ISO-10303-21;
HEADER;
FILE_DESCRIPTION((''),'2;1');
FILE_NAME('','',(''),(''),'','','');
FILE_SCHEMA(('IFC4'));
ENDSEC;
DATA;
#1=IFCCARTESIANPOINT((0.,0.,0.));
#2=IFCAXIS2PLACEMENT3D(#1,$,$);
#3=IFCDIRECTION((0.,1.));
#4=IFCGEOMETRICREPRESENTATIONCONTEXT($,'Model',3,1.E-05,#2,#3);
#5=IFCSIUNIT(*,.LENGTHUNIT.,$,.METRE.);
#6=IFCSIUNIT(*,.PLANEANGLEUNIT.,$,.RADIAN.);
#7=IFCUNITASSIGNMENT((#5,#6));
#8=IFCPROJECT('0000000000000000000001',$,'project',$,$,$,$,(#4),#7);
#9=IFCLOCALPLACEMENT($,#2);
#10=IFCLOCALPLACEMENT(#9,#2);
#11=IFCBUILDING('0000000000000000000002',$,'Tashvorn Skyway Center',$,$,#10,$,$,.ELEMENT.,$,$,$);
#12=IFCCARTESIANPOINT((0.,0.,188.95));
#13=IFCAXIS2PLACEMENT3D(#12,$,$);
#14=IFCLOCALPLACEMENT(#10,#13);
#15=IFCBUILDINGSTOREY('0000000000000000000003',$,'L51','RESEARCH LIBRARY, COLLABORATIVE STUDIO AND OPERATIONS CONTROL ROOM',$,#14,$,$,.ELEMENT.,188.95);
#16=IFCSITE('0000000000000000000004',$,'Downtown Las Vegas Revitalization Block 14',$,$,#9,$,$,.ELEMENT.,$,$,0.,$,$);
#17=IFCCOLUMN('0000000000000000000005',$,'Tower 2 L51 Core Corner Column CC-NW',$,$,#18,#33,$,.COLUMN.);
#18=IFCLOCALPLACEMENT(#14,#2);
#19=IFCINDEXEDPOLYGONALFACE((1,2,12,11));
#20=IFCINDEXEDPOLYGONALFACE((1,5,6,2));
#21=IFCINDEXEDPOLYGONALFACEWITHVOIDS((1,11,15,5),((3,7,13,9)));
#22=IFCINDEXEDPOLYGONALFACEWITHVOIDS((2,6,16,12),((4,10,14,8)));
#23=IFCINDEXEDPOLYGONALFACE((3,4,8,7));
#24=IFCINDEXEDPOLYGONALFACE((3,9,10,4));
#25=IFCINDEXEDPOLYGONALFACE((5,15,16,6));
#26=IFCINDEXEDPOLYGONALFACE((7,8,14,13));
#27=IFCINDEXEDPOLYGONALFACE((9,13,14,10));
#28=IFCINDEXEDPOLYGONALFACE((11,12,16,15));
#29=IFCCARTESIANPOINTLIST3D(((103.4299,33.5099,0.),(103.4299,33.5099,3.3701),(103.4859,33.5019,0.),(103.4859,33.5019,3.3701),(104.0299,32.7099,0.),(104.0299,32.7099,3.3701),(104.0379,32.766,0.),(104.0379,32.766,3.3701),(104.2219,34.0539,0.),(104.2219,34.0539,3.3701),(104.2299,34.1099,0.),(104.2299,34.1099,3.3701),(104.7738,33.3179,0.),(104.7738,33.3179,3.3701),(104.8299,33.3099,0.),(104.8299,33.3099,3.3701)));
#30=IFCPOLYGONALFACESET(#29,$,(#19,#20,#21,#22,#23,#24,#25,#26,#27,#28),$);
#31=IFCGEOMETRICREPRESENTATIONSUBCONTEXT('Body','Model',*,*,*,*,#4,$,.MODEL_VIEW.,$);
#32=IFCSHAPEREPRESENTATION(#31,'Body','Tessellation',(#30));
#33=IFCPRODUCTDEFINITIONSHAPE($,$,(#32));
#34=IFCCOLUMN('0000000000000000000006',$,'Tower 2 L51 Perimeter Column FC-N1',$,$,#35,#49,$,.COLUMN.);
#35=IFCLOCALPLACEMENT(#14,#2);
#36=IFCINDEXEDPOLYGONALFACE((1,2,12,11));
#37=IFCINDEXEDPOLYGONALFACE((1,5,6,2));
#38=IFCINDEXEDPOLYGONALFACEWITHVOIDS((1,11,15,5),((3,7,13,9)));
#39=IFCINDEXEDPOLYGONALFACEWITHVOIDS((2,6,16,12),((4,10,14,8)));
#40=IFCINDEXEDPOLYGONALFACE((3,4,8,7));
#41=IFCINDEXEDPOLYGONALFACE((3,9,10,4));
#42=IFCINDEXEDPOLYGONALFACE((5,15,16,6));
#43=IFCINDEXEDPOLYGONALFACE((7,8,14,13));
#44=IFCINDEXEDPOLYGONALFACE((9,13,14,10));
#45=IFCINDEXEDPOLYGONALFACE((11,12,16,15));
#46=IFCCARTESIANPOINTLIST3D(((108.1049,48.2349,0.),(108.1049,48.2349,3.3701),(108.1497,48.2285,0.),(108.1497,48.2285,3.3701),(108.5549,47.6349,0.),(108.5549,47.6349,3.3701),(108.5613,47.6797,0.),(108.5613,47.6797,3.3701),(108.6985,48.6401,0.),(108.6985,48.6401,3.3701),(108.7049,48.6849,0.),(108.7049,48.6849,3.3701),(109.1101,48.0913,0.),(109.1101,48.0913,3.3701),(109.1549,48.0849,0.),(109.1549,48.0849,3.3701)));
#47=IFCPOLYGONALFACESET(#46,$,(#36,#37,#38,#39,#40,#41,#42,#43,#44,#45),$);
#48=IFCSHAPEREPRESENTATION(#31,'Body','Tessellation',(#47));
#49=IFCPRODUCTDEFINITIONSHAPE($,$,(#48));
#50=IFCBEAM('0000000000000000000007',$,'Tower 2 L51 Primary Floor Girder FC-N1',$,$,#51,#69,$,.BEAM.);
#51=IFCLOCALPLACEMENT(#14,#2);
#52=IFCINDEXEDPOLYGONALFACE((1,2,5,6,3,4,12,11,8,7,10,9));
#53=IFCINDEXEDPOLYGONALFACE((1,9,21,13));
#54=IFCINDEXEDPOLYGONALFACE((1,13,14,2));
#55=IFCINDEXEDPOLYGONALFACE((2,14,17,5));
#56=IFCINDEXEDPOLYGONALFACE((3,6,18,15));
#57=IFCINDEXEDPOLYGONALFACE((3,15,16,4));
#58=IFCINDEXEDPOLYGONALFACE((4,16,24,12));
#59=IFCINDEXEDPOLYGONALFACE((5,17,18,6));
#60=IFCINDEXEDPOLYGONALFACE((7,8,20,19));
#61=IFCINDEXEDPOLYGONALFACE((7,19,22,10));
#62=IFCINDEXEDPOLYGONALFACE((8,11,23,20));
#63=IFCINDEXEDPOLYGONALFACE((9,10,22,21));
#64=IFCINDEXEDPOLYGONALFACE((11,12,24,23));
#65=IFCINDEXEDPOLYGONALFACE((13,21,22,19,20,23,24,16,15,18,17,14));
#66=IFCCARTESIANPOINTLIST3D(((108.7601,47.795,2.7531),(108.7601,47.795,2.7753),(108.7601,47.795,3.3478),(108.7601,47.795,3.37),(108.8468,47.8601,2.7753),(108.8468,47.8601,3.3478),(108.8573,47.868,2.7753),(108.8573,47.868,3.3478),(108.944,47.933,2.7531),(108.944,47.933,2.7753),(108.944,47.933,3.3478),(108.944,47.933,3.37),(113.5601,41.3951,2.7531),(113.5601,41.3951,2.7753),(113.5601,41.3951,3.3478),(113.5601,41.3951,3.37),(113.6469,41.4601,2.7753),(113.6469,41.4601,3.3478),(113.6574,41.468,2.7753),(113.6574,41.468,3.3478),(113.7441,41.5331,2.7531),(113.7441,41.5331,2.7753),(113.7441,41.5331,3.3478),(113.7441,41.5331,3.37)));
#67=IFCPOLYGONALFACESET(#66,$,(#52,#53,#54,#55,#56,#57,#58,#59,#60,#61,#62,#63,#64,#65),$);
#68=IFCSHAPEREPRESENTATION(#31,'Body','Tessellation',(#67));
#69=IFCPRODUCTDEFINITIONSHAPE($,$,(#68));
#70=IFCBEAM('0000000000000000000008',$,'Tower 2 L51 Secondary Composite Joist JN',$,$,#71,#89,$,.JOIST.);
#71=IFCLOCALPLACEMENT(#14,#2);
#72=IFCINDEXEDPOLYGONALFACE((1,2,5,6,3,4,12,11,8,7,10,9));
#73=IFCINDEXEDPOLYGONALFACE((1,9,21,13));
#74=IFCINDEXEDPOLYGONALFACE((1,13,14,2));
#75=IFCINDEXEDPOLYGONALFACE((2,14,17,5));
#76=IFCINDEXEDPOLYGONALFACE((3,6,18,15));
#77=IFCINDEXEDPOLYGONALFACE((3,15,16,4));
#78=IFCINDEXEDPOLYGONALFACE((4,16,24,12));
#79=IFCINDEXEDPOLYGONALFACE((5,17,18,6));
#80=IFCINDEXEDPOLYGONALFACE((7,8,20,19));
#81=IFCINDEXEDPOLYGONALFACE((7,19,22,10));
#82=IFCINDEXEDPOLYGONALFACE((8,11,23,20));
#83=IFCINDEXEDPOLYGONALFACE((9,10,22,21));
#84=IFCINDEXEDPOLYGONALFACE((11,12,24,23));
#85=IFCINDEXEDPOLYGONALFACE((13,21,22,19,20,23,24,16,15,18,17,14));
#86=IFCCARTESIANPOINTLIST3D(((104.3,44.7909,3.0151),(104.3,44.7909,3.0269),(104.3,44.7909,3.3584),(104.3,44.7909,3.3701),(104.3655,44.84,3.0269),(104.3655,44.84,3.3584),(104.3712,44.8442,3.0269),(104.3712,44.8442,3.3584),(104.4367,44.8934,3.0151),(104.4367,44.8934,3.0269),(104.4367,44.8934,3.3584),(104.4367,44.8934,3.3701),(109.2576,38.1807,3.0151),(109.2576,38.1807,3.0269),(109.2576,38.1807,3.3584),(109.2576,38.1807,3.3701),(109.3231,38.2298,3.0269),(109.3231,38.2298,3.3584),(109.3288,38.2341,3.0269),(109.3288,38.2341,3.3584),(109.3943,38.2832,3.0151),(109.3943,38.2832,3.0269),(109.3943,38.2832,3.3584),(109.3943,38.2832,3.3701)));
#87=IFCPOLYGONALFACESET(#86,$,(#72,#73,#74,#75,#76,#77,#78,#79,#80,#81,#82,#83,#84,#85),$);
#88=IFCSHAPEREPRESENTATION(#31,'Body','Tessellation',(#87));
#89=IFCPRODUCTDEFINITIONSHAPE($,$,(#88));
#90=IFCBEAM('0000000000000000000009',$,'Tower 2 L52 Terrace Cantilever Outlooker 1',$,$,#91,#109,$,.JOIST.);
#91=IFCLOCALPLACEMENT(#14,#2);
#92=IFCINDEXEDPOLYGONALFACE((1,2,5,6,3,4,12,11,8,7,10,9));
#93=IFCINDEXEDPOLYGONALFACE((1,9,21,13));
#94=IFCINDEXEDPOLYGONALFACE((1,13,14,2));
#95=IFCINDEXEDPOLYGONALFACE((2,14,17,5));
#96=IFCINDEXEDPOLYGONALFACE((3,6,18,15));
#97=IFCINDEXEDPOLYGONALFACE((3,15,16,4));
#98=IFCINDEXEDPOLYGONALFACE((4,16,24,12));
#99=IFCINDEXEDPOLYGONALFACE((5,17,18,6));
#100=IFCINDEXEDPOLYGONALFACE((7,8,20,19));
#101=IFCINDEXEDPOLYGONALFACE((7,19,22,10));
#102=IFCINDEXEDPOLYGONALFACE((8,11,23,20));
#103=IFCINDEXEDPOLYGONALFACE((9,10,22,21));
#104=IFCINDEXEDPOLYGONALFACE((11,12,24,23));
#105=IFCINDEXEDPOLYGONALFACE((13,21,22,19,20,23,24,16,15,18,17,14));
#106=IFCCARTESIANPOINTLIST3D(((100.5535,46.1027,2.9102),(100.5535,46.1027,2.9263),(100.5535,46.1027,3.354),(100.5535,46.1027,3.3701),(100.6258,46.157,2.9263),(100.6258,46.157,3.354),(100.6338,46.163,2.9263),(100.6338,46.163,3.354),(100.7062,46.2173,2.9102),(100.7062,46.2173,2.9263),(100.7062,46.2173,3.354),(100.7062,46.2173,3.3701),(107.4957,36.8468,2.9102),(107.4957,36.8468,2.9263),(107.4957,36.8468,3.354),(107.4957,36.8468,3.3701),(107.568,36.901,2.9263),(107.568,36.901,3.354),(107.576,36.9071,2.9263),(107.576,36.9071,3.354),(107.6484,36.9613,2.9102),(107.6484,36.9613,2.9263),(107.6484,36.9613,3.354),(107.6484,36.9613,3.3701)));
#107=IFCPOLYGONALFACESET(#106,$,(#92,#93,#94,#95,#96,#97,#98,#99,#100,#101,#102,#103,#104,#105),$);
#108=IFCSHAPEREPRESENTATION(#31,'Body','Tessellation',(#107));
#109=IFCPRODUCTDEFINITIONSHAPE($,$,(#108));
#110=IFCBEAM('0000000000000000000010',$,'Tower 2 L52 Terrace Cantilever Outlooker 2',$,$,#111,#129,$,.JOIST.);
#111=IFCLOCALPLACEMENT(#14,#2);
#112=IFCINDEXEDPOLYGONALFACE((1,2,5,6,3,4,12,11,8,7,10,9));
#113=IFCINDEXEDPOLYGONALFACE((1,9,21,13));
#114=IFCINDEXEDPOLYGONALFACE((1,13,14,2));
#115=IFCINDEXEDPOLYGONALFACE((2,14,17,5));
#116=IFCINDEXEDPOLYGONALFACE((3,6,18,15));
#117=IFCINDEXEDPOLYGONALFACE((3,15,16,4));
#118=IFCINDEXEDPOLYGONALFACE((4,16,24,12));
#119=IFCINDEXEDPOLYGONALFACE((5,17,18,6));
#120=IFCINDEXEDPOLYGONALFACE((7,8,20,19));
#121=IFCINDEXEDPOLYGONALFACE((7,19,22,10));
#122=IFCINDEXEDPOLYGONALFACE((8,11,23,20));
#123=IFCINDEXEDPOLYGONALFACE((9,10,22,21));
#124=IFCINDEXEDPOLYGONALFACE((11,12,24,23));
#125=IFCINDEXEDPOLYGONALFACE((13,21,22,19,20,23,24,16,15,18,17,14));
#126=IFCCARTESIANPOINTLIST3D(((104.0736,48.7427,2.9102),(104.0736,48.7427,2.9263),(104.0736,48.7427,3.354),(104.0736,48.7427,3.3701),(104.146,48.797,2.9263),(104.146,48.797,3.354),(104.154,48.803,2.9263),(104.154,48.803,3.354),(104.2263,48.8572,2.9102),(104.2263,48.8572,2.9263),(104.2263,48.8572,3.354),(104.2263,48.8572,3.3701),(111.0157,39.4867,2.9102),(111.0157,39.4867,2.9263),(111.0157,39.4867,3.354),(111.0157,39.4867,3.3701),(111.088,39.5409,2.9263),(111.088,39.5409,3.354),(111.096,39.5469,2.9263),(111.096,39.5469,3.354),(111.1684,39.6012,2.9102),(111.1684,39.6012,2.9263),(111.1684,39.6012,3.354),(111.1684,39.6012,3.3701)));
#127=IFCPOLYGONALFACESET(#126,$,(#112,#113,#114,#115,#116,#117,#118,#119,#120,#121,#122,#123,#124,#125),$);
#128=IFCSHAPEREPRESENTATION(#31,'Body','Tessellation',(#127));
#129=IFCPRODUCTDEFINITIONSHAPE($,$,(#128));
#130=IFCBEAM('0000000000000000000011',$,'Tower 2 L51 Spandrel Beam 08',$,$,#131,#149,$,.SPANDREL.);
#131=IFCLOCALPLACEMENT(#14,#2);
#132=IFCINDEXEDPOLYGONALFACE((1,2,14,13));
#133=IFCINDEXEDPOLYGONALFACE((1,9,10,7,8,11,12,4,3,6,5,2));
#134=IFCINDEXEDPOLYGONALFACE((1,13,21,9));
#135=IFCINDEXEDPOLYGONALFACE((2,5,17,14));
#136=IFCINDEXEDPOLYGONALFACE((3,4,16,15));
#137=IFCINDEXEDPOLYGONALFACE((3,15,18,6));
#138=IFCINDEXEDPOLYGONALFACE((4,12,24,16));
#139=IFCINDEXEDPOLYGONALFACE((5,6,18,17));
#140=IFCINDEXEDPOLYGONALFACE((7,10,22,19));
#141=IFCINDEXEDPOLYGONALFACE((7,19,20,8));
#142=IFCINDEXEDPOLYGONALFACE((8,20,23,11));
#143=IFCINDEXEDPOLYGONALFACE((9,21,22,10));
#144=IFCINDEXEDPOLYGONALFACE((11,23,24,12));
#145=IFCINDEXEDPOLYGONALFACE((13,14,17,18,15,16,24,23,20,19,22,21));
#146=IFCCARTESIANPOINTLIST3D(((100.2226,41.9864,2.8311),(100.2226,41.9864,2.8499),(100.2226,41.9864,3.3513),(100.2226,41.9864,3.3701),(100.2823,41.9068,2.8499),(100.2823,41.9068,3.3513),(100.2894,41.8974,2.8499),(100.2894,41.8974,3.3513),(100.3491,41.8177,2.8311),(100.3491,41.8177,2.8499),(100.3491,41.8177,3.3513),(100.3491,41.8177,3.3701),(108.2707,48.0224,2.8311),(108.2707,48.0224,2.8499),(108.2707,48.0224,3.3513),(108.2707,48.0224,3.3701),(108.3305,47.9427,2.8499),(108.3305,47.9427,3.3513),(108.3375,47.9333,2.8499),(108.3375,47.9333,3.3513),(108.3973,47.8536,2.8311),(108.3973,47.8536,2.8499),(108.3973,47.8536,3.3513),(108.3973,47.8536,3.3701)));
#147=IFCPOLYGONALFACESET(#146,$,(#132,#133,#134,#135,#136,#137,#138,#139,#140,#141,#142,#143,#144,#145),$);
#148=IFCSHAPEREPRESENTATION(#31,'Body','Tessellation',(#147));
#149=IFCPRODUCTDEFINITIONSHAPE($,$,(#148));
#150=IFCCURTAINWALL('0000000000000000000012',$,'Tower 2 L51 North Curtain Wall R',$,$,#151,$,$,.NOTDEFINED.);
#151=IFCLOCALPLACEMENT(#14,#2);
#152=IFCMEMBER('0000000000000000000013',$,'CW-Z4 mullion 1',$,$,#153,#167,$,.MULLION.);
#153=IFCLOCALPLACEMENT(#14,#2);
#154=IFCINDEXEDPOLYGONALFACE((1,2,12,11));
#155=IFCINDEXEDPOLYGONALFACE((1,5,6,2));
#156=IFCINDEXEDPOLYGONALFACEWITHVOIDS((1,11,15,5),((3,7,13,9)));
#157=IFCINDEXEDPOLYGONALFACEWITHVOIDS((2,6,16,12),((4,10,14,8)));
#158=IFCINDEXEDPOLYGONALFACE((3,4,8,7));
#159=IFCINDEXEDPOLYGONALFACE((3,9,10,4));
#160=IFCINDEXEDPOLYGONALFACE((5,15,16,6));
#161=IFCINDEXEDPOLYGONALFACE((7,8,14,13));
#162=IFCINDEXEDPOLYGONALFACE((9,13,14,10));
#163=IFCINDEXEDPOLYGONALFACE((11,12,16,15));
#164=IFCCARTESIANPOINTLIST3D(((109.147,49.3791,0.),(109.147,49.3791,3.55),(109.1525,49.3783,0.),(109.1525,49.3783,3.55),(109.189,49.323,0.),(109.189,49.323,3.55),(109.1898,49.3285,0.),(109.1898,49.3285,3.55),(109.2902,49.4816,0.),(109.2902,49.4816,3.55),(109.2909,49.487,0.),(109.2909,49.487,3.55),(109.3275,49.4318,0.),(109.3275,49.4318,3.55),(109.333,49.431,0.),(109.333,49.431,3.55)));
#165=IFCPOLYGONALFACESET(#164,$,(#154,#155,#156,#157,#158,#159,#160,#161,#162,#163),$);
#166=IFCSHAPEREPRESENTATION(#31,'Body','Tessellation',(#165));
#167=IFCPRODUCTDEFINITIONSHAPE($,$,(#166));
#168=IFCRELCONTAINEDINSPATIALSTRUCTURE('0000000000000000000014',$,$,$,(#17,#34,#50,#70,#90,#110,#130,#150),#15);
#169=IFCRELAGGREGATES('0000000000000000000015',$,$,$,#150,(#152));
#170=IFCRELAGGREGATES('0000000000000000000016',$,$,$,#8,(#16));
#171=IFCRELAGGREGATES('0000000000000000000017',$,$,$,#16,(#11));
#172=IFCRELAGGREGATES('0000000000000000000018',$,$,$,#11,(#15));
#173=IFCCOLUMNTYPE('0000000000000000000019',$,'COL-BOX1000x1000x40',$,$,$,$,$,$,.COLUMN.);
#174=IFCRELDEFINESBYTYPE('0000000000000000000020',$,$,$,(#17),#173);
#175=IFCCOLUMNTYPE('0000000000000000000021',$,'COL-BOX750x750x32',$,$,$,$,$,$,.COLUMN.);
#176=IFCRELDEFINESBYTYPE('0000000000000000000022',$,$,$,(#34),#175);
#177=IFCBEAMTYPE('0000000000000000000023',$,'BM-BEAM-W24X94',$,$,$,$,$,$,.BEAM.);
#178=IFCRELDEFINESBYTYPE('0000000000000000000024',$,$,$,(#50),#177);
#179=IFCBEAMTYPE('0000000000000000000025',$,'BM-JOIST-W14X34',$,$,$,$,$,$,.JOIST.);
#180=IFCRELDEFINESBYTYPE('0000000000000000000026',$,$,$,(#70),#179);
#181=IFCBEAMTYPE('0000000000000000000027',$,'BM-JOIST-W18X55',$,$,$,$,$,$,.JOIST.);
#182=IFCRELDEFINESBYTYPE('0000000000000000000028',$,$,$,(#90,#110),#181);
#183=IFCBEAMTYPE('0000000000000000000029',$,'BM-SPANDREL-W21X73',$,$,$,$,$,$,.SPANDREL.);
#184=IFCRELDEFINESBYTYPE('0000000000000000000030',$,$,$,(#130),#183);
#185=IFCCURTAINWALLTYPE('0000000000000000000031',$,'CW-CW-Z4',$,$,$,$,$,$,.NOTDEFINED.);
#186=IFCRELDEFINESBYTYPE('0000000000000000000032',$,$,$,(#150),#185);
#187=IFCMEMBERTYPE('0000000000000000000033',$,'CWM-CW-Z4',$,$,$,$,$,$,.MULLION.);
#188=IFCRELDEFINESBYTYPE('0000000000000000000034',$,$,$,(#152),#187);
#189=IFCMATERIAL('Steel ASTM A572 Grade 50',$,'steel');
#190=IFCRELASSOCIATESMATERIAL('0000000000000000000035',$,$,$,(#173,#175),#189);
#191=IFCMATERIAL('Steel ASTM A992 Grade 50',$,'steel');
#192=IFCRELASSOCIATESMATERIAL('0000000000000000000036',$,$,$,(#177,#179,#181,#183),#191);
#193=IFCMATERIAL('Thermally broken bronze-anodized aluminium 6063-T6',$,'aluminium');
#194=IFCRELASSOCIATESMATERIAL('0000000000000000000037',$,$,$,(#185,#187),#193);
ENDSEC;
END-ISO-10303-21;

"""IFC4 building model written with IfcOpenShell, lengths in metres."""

from ifc_helpers import new_model, si_unit, direction, frame, origin, origin_2d, place, context, subcontext, project, spatial, hollow_rectangle, i_section, extrude, material, material_profile, profile_set, type_object, element, aggregate, save


model = new_model("IFC4")

# Units and contexts
model_context = context("Model", 3, precision=1e-05, world=origin(), true_north=direction((0.0, 1.0)))
body_context = subcontext(model_context, "Body", "Model", "MODEL_VIEW")
ifc_project = project(units=[si_unit("LENGTHUNIT", "METRE"), si_unit("PLANEANGLEUNIT", "RADIAN")], contexts=[model_context])

# Site, building, storey
site_placement = place(None, origin())
site = spatial("IfcSite", under=ifc_project, at=site_placement, Name="Downtown Las Vegas Revitalization Block 14", CompositionType="ELEMENT", RefElevation=0.0)
building_placement = place(site_placement, origin())
building = spatial("IfcBuilding", under=site, at=building_placement, Name="Tashvorn Skyway Center", CompositionType="ELEMENT")
storey_placement = place(building_placement, frame((0.0, 0.0, 188.95)))
storey = spatial("IfcBuildingStorey", under=building, at=storey_placement, Name="L51", Description="RESEARCH LIBRARY, COLLABORATIVE STUDIO AND OPERATIONS CONTROL ROOM", CompositionType="ELEMENT", Elevation=188.95)

# Columns
ifc_material_1 = material(Name="Steel ASTM A572 Grade 50", Category="steel")
ifc_material_profile_1 = material_profile(ifc_material_1, hollow_rectangle(XDim=1.0, YDim=1.0, WallThickness=0.04, at=origin_2d()), Name="BOX1000x1000x40")
ifc_profile_set_1 = profile_set([ifc_material_profile_1], Name="Steel ASTM A572 Grade 50")
column_type_1 = type_object("IfcColumnType", Name="COL-BOX1000x1000x40", PredefinedType="COLUMN", material=ifc_profile_set_1)
column_1_placement = place(storey_placement, frame((104.1299, 33.4099, 0.0), z_axis=(0.0, 0.0, 1.0), x_axis=(0.8, 0.6, 0.0)))
element("IfcColumn", 1, at=column_1_placement, inside=storey, type_object=column_type_1, Name="Tower 2 L51 Core Corner Column CC-NW", PredefinedType="COLUMN", context=body_context, shape_type="SweptSolid", body=[
    extrude(hollow_rectangle(XDim=1.0, YDim=1.0, WallThickness=0.04, at=origin_2d()), origin(), (0.0, 0.0, 1.0), 3.3701),
])
ifc_material_profile_2 = material_profile(ifc_material_1, hollow_rectangle(XDim=0.75, YDim=0.75, WallThickness=0.032, at=origin_2d()), Name="BOX750x750x32")
ifc_profile_set_2 = profile_set([ifc_material_profile_2], Name="Steel ASTM A572 Grade 50")
column_type_2 = type_object("IfcColumnType", Name="COL-BOX750x750x32", PredefinedType="COLUMN", material=ifc_profile_set_2)
column_2_placement = place(storey_placement, frame((108.6299, 48.1599, 0.0), z_axis=(0.0, 0.0, 1.0), x_axis=(0.8, 0.6, 0.0)))
element("IfcColumn", 2, at=column_2_placement, inside=storey, type_object=column_type_2, Name="Tower 2 L51 Perimeter Column FC-N1", PredefinedType="COLUMN", context=body_context, shape_type="SweptSolid", body=[
    extrude(hollow_rectangle(XDim=0.75, YDim=0.75, WallThickness=0.032, at=origin_2d()), origin(), (0.0, 0.0, 1.0), 3.3701),
])

# Beams
ifc_material_2 = material(Name="Steel ASTM A992 Grade 50", Category="steel")
ifc_material_profile_3 = material_profile(ifc_material_2, i_section(OverallWidth=0.23, OverallDepth=0.6169, WebThickness=0.0132, FlangeThickness=0.0222, at=origin_2d()), Name="W24X94")
ifc_profile_set_3 = profile_set([ifc_material_profile_3], Name="Steel ASTM A992 Grade 50")
beam_type_1 = type_object("IfcBeamType", Name="BM-BEAM-W24X94", PredefinedType="BEAM", material=ifc_profile_set_3)
beam_1_placement = place(storey_placement, frame((108.8521, 47.864, 3.0615), z_axis=(0.60001, -0.799993, 0.0), x_axis=(0.799993, 0.60001, 0.0)))
element("IfcBeam", 3, at=beam_1_placement, inside=storey, type_object=beam_type_1, Name="Tower 2 L51 Primary Floor Girder FC-N1", PredefinedType="BEAM", context=body_context, shape_type="SweptSolid", body=[
    extrude(i_section(OverallWidth=0.23, OverallDepth=0.6169, WebThickness=0.0132, FlangeThickness=0.0222, at=origin_2d()), origin(), (0.0, 0.0, 1.0), 8.0),
])
ifc_material_profile_4 = material_profile(ifc_material_2, i_section(OverallWidth=0.1709, OverallDepth=0.355, WebThickness=0.0071, FlangeThickness=0.0117, at=origin_2d()), Name="W14X34")
ifc_profile_set_4 = profile_set([ifc_material_profile_4], Name="Steel ASTM A992 Grade 50")
beam_type_2 = type_object("IfcBeamType", Name="BM-JOIST-W14X34", PredefinedType="JOIST", material=ifc_profile_set_4)
beam_2_placement = place(storey_placement, frame((109.3259, 38.2319, 3.1926), z_axis=(-0.599995, 0.800004, 0.0), x_axis=(-0.800004, -0.599995, 0.0)))
element("IfcBeam", 4, at=beam_2_placement, inside=storey, type_object=beam_type_2, Name="Tower 2 L51 Secondary Composite Joist JN", PredefinedType="JOIST", context=body_context, shape_type="SweptSolid", body=[
    extrude(i_section(OverallWidth=0.1709, OverallDepth=0.355, WebThickness=0.0071, FlangeThickness=0.0117, at=origin_2d()), origin(), (0.0, 0.0, 1.0), 8.2627),
])
ifc_material_profile_5 = material_profile(ifc_material_2, i_section(OverallWidth=0.1909, OverallDepth=0.46, WebThickness=0.01, FlangeThickness=0.0161, at=origin_2d()), Name="W18X55")
ifc_profile_set_5 = profile_set([ifc_material_profile_5], Name="Steel ASTM A992 Grade 50")
beam_type_3 = type_object("IfcBeamType", Name="BM-JOIST-W18X55", PredefinedType="JOIST", material=ifc_profile_set_5)
for number, where, z_axis, x_axis, name in (
    (5, (107.572, 36.9041, 3.1401), (-0.600014, 0.79999, 0.0), (-0.79999, -0.600014, 0.0), "Tower 2 L52 Terrace Cantilever Outlooker 1"),
    (6, (111.092, 39.5439, 3.1401), (-0.600003, 0.799997, 0.0), (-0.799997, -0.600003, 0.0), "Tower 2 L52 Terrace Cantilever Outlooker 2"),
):
    element("IfcBeam", number, at=place(storey_placement, frame(where, z_axis=z_axis, x_axis=x_axis)), inside=storey, type_object=beam_type_3, Name=name, PredefinedType="JOIST", context=body_context, shape_type="SweptSolid", body=[
        extrude(i_section(OverallWidth=0.1909, OverallDepth=0.46, WebThickness=0.01, FlangeThickness=0.0161, at=origin_2d()), origin(), (0.0, 0.0, 1.0), 11.5701),
    ])
ifc_material_profile_6 = material_profile(ifc_material_2, i_section(OverallWidth=0.2109, OverallDepth=0.5391, WebThickness=0.0117, FlangeThickness=0.0188, at=origin_2d()), Name="W21X73")
ifc_profile_set_6 = profile_set([ifc_material_profile_6], Name="Steel ASTM A992 Grade 50")
beam_type_4 = type_object("IfcBeamType", Name="BM-SPANDREL-W21X73", PredefinedType="SPANDREL", material=ifc_profile_set_6)
beam_3_placement = place(storey_placement, frame((108.334, 47.938, 3.1006), z_axis=(-0.800009, -0.599988, 0.0), x_axis=(0.599988, -0.800009, 0.0)))
element("IfcBeam", 7, at=beam_3_placement, inside=storey, type_object=beam_type_4, Name="Tower 2 L51 Spandrel Beam 08", PredefinedType="SPANDREL", context=body_context, shape_type="SweptSolid", body=[
    extrude(i_section(OverallWidth=0.2109, OverallDepth=0.5391, WebThickness=0.0117, FlangeThickness=0.0188, at=origin_2d()), origin(), (0.0, 0.0, 1.0), 10.0601),
])

# Curtain wall, member
ifc_material_3 = material(Name="Thermally broken bronze-anodized aluminium 6063-T6", Category="aluminium")
curtain_wall_type = type_object("IfcCurtainWallType", Name="CW-CW-Z4", PredefinedType="NOTDEFINED", material=ifc_material_3)
curtain_wall_placement = place(storey_placement, origin())
curtain_wall = element("IfcCurtainWall", 8, at=curtain_wall_placement, inside=storey, type_object=curtain_wall_type, Name="Tower 2 L51 North Curtain Wall R", PredefinedType="NOTDEFINED")
ifc_material_profile_7 = material_profile(ifc_material_3, hollow_rectangle(XDim=0.0701, YDim=0.1799, WallThickness=0.0039, at=origin_2d()), Name="ALU-MULL-70x180")
ifc_profile_set_7 = profile_set([ifc_material_profile_7], Name="Thermally broken bronze-anodized aluminium 6063-T6")
member_type_1 = type_object("IfcMemberType", Name="CWM-CW-Z4", PredefinedType="MULLION", material=ifc_profile_set_7)
member_1_placement = place(storey_placement, frame((109.24, 49.405, 0.0), z_axis=(0.0, 0.0, 1.0), x_axis=(-0.6, 0.8, 0.0)))
member_1 = element("IfcMember", 9, at=member_1_placement, type_object=member_type_1, Name="CW-Z4 mullion 1", PredefinedType="MULLION", context=body_context, shape_type="SweptSolid", body=[
    extrude(hollow_rectangle(XDim=0.0701, YDim=0.1799, WallThickness=0.0039, at=origin_2d()), origin(), (0.0, 0.0, 1.0), 3.55),
])
aggregate(curtain_wall, [member_1])

save(model, "model.ifc")
